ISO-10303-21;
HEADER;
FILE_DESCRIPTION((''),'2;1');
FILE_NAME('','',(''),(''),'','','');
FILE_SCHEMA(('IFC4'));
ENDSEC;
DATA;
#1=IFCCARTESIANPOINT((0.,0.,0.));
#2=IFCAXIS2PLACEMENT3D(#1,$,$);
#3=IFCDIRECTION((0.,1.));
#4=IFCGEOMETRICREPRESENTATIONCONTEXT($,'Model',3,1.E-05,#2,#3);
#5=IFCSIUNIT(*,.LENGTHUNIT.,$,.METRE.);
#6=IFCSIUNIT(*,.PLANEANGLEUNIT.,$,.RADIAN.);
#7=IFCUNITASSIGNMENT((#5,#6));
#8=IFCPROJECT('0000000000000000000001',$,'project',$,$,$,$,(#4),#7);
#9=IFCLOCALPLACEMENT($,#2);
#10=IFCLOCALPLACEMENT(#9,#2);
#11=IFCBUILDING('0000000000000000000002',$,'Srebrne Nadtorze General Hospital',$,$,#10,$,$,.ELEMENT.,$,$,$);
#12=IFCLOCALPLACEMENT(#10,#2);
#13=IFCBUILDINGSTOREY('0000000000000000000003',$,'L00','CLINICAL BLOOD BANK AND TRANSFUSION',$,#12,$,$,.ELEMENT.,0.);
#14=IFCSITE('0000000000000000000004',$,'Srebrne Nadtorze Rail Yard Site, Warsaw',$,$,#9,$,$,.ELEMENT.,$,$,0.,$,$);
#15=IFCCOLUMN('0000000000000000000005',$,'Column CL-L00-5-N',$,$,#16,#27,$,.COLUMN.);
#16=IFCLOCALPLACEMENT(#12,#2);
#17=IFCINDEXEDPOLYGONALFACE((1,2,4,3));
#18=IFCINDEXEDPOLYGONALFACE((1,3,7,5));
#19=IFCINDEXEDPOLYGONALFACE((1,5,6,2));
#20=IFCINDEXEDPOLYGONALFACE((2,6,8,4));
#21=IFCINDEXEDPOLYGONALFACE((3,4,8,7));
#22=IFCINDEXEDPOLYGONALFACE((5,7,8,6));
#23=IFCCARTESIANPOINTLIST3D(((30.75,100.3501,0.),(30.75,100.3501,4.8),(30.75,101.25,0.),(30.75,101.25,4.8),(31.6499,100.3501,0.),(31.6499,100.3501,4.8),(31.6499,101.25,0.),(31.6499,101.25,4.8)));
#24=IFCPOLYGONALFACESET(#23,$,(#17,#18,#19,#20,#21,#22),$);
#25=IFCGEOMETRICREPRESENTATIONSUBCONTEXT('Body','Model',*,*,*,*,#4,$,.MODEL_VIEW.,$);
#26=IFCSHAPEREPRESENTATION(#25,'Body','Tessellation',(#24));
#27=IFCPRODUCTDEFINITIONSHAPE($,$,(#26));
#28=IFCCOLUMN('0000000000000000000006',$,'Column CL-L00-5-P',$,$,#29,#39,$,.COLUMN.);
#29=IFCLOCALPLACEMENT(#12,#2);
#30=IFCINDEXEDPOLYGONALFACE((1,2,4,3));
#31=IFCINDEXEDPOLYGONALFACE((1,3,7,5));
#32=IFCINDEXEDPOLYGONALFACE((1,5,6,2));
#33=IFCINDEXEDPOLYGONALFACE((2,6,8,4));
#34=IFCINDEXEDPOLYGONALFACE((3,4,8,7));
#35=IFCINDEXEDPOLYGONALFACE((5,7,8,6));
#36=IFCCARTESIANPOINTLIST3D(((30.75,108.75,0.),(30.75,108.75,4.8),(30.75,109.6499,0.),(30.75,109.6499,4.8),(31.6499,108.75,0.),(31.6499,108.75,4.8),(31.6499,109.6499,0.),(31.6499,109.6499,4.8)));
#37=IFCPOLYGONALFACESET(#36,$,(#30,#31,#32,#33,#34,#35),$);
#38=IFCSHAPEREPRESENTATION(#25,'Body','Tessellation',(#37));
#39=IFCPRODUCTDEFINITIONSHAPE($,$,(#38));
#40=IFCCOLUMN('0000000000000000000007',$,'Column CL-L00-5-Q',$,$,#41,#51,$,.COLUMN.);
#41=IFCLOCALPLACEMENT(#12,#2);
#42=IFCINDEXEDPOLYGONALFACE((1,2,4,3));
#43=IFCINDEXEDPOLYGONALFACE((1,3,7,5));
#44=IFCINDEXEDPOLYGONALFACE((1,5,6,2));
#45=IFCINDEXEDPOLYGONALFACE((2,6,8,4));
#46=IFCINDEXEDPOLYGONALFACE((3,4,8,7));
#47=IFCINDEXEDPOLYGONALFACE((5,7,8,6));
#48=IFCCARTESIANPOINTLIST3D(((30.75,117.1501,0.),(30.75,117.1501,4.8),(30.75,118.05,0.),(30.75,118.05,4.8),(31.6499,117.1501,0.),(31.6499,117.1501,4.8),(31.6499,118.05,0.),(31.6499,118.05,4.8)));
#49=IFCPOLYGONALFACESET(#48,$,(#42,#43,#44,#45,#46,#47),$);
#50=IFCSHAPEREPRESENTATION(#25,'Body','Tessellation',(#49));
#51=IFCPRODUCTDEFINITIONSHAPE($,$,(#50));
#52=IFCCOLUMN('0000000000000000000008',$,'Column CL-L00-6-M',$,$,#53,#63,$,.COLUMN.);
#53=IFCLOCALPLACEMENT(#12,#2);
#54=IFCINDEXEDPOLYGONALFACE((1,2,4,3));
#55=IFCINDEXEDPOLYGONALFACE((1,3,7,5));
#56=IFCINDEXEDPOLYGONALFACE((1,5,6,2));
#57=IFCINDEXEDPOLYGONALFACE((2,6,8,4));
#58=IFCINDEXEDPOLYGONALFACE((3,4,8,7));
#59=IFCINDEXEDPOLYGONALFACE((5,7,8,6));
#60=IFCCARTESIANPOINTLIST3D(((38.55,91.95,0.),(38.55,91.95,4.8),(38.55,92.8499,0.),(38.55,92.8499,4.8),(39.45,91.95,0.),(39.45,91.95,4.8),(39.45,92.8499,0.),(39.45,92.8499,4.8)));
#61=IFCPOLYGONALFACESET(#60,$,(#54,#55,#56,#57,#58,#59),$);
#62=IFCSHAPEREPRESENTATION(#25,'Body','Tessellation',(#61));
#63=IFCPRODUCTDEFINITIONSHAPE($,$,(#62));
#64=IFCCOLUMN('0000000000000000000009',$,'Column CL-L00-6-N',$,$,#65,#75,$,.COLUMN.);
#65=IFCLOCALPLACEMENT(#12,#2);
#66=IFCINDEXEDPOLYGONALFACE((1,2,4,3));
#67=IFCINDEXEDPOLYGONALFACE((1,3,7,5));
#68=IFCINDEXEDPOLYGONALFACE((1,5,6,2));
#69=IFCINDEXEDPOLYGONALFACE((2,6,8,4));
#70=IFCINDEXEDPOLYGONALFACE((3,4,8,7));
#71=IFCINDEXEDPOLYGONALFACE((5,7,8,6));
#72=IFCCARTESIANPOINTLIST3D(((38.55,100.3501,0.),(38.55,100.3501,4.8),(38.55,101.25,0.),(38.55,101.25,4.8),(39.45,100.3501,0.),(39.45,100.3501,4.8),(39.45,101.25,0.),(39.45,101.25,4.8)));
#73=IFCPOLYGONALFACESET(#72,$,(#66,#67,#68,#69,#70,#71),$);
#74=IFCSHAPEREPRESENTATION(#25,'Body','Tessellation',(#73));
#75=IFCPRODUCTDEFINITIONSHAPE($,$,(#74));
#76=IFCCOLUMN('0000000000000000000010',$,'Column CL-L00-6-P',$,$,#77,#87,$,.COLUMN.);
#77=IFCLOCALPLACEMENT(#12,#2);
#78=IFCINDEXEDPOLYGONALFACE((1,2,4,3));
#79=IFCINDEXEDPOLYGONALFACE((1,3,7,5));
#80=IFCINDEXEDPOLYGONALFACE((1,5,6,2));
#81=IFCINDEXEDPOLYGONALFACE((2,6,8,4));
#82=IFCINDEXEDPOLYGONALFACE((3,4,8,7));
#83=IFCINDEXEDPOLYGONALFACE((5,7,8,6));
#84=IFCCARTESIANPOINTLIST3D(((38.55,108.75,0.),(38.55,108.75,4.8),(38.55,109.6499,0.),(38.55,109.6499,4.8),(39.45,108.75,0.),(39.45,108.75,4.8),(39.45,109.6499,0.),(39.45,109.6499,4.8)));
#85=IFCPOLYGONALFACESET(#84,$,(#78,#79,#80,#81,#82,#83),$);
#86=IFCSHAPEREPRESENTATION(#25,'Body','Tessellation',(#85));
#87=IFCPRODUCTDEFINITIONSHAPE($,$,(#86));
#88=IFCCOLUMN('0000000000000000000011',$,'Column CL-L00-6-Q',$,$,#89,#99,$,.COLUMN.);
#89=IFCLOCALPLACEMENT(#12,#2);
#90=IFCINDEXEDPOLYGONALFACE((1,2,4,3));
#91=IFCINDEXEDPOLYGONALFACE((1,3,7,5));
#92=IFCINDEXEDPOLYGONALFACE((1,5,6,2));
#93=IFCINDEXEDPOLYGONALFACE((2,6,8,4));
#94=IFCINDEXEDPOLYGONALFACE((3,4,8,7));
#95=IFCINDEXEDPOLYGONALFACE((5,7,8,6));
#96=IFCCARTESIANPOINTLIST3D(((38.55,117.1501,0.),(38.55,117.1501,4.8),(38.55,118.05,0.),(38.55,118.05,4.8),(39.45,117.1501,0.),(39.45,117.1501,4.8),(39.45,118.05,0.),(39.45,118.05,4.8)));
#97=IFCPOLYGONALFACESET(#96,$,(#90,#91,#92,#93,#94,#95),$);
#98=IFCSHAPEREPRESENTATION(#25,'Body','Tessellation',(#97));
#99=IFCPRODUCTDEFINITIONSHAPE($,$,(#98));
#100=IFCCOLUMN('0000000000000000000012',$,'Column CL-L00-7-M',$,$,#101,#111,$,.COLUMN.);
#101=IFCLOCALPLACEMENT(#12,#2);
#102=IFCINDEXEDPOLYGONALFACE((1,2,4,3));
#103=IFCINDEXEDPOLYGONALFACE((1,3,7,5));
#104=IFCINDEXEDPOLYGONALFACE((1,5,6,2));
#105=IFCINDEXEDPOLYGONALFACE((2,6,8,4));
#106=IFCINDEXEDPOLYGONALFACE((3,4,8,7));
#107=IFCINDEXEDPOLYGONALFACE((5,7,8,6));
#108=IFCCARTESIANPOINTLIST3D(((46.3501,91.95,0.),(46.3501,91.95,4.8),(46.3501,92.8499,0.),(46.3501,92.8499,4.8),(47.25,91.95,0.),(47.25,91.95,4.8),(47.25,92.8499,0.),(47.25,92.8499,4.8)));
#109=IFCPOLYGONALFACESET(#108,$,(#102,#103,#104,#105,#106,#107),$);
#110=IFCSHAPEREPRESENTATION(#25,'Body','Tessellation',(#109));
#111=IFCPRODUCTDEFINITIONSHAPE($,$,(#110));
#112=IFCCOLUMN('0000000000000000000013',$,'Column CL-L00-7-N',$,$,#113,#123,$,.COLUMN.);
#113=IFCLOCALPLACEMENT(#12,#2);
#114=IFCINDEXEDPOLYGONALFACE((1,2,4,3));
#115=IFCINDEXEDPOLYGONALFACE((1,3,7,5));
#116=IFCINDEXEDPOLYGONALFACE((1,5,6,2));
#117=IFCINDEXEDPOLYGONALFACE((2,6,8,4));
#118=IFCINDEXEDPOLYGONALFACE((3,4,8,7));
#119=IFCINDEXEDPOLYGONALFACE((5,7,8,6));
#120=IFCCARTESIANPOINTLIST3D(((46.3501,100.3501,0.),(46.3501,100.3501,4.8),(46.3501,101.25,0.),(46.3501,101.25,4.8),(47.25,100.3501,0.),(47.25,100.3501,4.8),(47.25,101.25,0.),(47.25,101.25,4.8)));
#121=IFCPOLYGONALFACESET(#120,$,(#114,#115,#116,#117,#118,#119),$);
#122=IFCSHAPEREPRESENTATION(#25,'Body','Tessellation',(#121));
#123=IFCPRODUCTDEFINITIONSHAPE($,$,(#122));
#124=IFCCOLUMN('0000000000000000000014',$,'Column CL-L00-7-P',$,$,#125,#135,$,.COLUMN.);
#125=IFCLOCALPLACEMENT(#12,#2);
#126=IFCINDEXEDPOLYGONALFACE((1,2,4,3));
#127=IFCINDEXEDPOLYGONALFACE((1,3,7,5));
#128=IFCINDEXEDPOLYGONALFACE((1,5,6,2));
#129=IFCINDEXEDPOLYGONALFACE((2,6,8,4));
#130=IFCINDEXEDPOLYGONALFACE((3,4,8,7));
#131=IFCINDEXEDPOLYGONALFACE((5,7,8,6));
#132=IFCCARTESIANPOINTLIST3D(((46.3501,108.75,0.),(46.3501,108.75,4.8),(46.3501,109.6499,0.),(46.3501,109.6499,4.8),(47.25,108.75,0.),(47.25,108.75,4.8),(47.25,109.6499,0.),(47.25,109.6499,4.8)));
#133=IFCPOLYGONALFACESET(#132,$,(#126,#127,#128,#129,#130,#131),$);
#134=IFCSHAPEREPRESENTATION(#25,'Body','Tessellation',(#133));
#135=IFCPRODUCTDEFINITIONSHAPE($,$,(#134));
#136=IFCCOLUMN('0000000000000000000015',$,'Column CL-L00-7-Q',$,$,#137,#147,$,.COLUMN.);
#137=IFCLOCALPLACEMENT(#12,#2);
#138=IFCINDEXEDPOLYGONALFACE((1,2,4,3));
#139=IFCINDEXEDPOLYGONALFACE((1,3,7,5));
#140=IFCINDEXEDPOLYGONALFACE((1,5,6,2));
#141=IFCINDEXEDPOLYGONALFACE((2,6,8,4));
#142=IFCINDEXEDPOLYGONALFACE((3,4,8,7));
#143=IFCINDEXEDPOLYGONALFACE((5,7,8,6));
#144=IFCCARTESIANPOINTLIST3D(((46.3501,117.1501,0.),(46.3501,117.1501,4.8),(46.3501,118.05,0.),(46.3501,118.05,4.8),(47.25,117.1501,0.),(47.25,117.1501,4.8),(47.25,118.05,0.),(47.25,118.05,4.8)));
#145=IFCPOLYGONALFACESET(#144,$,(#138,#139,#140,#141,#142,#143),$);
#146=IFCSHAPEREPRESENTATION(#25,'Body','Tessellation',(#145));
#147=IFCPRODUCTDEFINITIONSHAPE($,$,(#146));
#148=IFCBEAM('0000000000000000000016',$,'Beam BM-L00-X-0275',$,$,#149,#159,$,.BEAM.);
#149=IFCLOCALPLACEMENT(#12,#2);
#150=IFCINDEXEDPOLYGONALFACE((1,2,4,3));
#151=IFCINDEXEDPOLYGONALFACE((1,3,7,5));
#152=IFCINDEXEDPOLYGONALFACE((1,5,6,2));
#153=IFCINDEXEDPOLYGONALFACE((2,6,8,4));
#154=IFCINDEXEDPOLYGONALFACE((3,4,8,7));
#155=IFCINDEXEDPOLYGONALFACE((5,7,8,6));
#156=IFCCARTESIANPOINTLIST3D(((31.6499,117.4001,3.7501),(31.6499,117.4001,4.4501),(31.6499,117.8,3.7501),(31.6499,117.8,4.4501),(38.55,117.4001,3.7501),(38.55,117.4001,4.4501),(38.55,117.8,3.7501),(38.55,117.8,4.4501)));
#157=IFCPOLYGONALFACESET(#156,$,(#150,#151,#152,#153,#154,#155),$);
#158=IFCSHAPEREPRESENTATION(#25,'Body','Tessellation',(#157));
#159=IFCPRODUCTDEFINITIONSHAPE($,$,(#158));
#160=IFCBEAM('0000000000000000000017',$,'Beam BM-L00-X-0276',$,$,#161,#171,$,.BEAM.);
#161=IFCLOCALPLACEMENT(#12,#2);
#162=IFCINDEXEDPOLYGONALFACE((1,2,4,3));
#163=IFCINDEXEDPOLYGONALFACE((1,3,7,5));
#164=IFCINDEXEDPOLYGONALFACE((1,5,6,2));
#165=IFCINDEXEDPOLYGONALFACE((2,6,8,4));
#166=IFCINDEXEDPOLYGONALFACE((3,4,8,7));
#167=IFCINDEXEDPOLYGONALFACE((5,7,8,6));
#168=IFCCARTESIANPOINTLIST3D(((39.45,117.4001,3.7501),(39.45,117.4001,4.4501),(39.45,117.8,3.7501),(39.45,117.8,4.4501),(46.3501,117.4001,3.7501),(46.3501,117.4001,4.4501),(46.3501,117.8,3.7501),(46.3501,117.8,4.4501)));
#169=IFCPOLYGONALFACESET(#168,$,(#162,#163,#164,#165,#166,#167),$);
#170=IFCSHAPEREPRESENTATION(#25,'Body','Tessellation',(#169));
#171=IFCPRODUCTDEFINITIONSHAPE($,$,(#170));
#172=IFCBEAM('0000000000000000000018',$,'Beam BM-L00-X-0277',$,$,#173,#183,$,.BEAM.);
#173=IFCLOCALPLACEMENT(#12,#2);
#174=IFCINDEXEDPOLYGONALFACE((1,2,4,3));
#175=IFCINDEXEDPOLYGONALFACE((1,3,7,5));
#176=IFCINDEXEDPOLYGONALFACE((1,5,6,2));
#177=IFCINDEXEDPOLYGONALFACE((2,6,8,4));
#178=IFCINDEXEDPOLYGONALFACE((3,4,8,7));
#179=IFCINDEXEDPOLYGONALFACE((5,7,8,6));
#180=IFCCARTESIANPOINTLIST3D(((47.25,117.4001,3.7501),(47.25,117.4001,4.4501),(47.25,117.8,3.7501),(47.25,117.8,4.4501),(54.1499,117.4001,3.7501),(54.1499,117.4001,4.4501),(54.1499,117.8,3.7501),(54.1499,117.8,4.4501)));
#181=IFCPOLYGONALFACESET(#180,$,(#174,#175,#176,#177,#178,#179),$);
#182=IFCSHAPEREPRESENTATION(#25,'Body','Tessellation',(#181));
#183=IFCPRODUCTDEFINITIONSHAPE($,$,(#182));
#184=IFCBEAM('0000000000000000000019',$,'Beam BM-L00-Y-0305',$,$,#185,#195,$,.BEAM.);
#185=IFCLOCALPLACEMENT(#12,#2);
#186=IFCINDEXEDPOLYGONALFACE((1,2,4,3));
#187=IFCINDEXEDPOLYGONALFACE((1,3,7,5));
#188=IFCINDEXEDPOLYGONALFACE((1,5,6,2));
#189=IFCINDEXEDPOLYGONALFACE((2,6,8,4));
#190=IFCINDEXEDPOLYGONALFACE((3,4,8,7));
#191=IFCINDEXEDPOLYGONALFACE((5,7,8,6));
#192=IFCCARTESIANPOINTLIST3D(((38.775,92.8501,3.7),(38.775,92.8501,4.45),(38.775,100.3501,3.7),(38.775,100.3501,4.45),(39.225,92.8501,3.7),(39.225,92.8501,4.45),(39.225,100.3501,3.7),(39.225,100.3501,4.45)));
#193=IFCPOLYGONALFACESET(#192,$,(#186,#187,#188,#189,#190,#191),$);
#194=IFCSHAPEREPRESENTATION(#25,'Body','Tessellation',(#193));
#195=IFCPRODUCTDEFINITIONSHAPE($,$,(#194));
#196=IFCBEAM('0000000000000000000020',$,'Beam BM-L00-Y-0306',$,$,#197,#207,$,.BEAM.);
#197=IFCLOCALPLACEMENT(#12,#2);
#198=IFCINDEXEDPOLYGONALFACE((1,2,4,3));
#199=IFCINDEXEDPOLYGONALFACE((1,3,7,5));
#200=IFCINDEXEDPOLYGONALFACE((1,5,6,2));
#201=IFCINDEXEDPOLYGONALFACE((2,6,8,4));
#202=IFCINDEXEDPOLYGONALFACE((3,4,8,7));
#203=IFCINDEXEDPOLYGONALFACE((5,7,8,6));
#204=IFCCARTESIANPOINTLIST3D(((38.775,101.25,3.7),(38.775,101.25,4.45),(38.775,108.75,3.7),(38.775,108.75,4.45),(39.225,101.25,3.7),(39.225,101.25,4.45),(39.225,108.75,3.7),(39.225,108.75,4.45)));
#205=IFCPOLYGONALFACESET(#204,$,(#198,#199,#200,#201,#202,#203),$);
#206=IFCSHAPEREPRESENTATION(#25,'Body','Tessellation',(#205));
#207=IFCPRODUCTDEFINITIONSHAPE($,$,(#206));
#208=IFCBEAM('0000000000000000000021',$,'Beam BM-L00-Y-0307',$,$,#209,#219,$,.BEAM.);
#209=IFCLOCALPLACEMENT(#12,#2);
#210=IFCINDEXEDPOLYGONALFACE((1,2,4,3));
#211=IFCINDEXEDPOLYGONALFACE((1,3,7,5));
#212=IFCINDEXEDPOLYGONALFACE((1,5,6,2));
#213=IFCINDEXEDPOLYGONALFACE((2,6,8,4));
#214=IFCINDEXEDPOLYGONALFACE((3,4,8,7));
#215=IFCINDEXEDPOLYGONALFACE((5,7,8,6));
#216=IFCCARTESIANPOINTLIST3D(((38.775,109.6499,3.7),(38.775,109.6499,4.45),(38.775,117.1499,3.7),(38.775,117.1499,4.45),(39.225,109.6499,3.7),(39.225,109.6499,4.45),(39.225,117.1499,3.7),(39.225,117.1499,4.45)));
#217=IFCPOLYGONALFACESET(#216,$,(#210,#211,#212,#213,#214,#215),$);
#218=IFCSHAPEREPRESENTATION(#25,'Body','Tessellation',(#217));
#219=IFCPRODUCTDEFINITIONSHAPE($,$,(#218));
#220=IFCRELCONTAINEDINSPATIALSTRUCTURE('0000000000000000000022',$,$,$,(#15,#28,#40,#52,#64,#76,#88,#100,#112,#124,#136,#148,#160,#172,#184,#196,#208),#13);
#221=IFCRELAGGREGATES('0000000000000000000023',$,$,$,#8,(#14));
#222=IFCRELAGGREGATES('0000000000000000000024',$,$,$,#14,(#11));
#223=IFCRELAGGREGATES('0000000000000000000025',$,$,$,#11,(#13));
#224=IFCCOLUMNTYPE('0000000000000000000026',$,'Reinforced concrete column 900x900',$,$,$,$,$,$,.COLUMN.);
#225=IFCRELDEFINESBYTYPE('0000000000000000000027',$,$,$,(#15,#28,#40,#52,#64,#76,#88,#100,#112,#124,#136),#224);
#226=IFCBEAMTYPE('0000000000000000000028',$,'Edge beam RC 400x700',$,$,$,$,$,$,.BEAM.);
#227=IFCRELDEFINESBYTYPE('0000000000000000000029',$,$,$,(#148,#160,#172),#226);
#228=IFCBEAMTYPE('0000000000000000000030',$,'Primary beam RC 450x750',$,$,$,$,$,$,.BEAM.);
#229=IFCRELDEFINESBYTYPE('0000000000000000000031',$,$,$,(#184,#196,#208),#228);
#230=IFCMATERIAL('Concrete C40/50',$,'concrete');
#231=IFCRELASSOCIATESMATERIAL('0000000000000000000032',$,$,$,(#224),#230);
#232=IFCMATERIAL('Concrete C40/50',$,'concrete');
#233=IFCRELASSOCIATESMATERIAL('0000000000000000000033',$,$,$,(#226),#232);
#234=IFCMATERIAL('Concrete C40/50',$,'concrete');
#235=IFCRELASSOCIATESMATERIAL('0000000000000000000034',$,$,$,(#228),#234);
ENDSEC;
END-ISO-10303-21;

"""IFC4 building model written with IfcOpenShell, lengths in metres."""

from ifc_helpers import new_model, si_unit, direction, frame, origin, origin_2d, place, context, subcontext, project, spatial, rectangle, extrude, material, material_profile, profile_set, type_object, element, save


model = new_model("IFC4")

# Units and contexts
model_context = context("Model", 3, precision=1e-05, world=origin(), true_north=direction((0.0, 1.0)))
body_context = subcontext(model_context, "Body", "Model", "MODEL_VIEW")
ifc_project = project(units=[si_unit("LENGTHUNIT", "METRE"), si_unit("PLANEANGLEUNIT", "RADIAN")], contexts=[model_context])

# Site, building, storey
site_placement = place(None, origin())
site = spatial("IfcSite", under=ifc_project, at=site_placement, Name="Srebrne Nadtorze Rail Yard Site, Warsaw", CompositionType="ELEMENT", RefElevation=0.0)
building_placement = place(site_placement, origin())
building = spatial("IfcBuilding", under=site, at=building_placement, Name="Srebrne Nadtorze General Hospital", CompositionType="ELEMENT")
storey_placement = place(building_placement, origin())
storey = spatial("IfcBuildingStorey", under=building, at=storey_placement, Name="L00", Description="CLINICAL BLOOD BANK AND TRANSFUSION", CompositionType="ELEMENT", Elevation=0.0)

# Columns
ifc_material_1 = material(Name="Concrete C40/50", Category="concrete")
ifc_material_profile_1 = material_profile(ifc_material_1, rectangle(XDim=0.8999, YDim=0.8999, at=origin_2d()), Name="RC-COL-900x900")
ifc_profile_set_1 = profile_set([ifc_material_profile_1], Name="Concrete C40/50")
column_type = type_object("IfcColumnType", Name="Reinforced concrete column 900x900", PredefinedType="COLUMN", material=ifc_profile_set_1)
for number, where, z_axis, x_axis, name in (
    (1, (31.2, 100.8, 0.0), (0.0, 0.0, 1.0), (1.0, 0.0, 0.0), "Column CL-L00-5-N"),
    (2, (31.2, 109.2, 0.0), (0.0, 0.0, 1.0), (1.0, 0.0, 0.0), "Column CL-L00-5-P"),
    (3, (31.2, 117.6001, 0.0), (0.0, 0.0, 1.0), (1.0, 0.0, 0.0), "Column CL-L00-5-Q"),
    (4, (39.0, 92.3999, 0.0), (0.0, 0.0, 1.0), (1.0, 0.0, 0.0), "Column CL-L00-6-M"),
    (5, (39.0, 100.8, 0.0), (0.0, 0.0, 1.0), (1.0, 0.0, 0.0), "Column CL-L00-6-N"),
    (6, (39.0, 109.2, 0.0), (0.0, 0.0, 1.0), (1.0, 0.0, 0.0), "Column CL-L00-6-P"),
    (7, (39.0, 117.6001, 0.0), (0.0, 0.0, 1.0), (1.0, 0.0, 0.0), "Column CL-L00-6-Q"),
    (8, (46.8, 92.3999, 0.0), (0.0, 0.0, 1.0), (1.0, 0.0, 0.0), "Column CL-L00-7-M"),
    (9, (46.8, 100.8, 0.0), (0.0, 0.0, 1.0), (1.0, 0.0, 0.0), "Column CL-L00-7-N"),
    (10, (46.8, 109.2, 0.0), (0.0, 0.0, 1.0), (1.0, 0.0, 0.0), "Column CL-L00-7-P"),
    (11, (46.8, 117.6001, 0.0), (0.0, 0.0, 1.0), (1.0, 0.0, 0.0), "Column CL-L00-7-Q"),
):
    element("IfcColumn", number, at=place(storey_placement, frame(where, z_axis=z_axis, x_axis=x_axis)), inside=storey, type_object=column_type, Name=name, PredefinedType="COLUMN", context=body_context, shape_type="SweptSolid", body=[
        extrude(rectangle(XDim=0.8999, YDim=0.8999, at=origin_2d()), origin(), (0.0, 0.0, 1.0), 4.8),
    ])

# Beams
ifc_material_2 = material(Name="Concrete C40/50", Category="concrete")
ifc_material_profile_2 = material_profile(ifc_material_2, rectangle(XDim=0.3999, YDim=0.7, at=origin_2d()), Name="RC-BM-400x700")
ifc_profile_set_2 = profile_set([ifc_material_profile_2], Name="Concrete C40/50")
beam_type_1 = type_object("IfcBeamType", Name="Edge beam RC 400x700", PredefinedType="BEAM", material=ifc_profile_set_2)
for number, where, z_axis, x_axis, name in (
    (12, (31.6499, 117.6001, 4.1001), (1.0, 0.0, 0.0), (0.0, 1.0, 0.0), "Beam BM-L00-X-0275"),
    (13, (39.45, 117.6001, 4.1001), (1.0, 0.0, 0.0), (0.0, 1.0, 0.0), "Beam BM-L00-X-0276"),
):
    element("IfcBeam", number, at=place(storey_placement, frame(where, z_axis=z_axis, x_axis=x_axis)), inside=storey, type_object=beam_type_1, Name=name, PredefinedType="BEAM", context=body_context, shape_type="SweptSolid", body=[
        extrude(rectangle(XDim=0.3999, YDim=0.7, at=origin_2d()), origin(), (0.0, 0.0, 1.0), 6.9001),
    ])
beam_placement = place(storey_placement, frame((47.25, 117.6001, 4.1001), z_axis=(1.0, 0.0, 0.0), x_axis=(0.0, 1.0, 0.0)))
element("IfcBeam", 14, at=beam_placement, inside=storey, type_object=beam_type_1, Name="Beam BM-L00-X-0277", PredefinedType="BEAM", context=body_context, shape_type="SweptSolid", body=[
    extrude(rectangle(XDim=0.3999, YDim=0.7, at=origin_2d()), origin(), (0.0, 0.0, 1.0), 6.8999),
])
ifc_material_3 = material(Name="Concrete C40/50", Category="concrete")
ifc_material_profile_3 = material_profile(ifc_material_3, rectangle(XDim=0.45, YDim=0.75, at=origin_2d()), Name="RC-BM-450x750")
ifc_profile_set_3 = profile_set([ifc_material_profile_3], Name="Concrete C40/50")
beam_type_2 = type_object("IfcBeamType", Name="Primary beam RC 450x750", PredefinedType="BEAM", material=ifc_profile_set_3)
for number, where, z_axis, x_axis, name in (
    (15, (39.0, 92.8501, 4.075), (0.0, 1.0, 0.0), (-1.0, 0.0, 0.0), "Beam BM-L00-Y-0305"),
    (16, (39.0, 101.25, 4.075), (0.0, 1.0, 0.0), (-1.0, 0.0, 0.0), "Beam BM-L00-Y-0306"),
    (17, (39.0, 109.6499, 4.075), (0.0, 1.0, 0.0), (-1.0, 0.0, 0.0), "Beam BM-L00-Y-0307"),
):
    element("IfcBeam", number, at=place(storey_placement, frame(where, z_axis=z_axis, x_axis=x_axis)), inside=storey, type_object=beam_type_2, Name=name, PredefinedType="BEAM", context=body_context, shape_type="SweptSolid", body=[
        extrude(rectangle(XDim=0.45, YDim=0.75, at=origin_2d()), origin(), (0.0, 0.0, 1.0), 7.5),
    ])

save(model, "model.ifc")
